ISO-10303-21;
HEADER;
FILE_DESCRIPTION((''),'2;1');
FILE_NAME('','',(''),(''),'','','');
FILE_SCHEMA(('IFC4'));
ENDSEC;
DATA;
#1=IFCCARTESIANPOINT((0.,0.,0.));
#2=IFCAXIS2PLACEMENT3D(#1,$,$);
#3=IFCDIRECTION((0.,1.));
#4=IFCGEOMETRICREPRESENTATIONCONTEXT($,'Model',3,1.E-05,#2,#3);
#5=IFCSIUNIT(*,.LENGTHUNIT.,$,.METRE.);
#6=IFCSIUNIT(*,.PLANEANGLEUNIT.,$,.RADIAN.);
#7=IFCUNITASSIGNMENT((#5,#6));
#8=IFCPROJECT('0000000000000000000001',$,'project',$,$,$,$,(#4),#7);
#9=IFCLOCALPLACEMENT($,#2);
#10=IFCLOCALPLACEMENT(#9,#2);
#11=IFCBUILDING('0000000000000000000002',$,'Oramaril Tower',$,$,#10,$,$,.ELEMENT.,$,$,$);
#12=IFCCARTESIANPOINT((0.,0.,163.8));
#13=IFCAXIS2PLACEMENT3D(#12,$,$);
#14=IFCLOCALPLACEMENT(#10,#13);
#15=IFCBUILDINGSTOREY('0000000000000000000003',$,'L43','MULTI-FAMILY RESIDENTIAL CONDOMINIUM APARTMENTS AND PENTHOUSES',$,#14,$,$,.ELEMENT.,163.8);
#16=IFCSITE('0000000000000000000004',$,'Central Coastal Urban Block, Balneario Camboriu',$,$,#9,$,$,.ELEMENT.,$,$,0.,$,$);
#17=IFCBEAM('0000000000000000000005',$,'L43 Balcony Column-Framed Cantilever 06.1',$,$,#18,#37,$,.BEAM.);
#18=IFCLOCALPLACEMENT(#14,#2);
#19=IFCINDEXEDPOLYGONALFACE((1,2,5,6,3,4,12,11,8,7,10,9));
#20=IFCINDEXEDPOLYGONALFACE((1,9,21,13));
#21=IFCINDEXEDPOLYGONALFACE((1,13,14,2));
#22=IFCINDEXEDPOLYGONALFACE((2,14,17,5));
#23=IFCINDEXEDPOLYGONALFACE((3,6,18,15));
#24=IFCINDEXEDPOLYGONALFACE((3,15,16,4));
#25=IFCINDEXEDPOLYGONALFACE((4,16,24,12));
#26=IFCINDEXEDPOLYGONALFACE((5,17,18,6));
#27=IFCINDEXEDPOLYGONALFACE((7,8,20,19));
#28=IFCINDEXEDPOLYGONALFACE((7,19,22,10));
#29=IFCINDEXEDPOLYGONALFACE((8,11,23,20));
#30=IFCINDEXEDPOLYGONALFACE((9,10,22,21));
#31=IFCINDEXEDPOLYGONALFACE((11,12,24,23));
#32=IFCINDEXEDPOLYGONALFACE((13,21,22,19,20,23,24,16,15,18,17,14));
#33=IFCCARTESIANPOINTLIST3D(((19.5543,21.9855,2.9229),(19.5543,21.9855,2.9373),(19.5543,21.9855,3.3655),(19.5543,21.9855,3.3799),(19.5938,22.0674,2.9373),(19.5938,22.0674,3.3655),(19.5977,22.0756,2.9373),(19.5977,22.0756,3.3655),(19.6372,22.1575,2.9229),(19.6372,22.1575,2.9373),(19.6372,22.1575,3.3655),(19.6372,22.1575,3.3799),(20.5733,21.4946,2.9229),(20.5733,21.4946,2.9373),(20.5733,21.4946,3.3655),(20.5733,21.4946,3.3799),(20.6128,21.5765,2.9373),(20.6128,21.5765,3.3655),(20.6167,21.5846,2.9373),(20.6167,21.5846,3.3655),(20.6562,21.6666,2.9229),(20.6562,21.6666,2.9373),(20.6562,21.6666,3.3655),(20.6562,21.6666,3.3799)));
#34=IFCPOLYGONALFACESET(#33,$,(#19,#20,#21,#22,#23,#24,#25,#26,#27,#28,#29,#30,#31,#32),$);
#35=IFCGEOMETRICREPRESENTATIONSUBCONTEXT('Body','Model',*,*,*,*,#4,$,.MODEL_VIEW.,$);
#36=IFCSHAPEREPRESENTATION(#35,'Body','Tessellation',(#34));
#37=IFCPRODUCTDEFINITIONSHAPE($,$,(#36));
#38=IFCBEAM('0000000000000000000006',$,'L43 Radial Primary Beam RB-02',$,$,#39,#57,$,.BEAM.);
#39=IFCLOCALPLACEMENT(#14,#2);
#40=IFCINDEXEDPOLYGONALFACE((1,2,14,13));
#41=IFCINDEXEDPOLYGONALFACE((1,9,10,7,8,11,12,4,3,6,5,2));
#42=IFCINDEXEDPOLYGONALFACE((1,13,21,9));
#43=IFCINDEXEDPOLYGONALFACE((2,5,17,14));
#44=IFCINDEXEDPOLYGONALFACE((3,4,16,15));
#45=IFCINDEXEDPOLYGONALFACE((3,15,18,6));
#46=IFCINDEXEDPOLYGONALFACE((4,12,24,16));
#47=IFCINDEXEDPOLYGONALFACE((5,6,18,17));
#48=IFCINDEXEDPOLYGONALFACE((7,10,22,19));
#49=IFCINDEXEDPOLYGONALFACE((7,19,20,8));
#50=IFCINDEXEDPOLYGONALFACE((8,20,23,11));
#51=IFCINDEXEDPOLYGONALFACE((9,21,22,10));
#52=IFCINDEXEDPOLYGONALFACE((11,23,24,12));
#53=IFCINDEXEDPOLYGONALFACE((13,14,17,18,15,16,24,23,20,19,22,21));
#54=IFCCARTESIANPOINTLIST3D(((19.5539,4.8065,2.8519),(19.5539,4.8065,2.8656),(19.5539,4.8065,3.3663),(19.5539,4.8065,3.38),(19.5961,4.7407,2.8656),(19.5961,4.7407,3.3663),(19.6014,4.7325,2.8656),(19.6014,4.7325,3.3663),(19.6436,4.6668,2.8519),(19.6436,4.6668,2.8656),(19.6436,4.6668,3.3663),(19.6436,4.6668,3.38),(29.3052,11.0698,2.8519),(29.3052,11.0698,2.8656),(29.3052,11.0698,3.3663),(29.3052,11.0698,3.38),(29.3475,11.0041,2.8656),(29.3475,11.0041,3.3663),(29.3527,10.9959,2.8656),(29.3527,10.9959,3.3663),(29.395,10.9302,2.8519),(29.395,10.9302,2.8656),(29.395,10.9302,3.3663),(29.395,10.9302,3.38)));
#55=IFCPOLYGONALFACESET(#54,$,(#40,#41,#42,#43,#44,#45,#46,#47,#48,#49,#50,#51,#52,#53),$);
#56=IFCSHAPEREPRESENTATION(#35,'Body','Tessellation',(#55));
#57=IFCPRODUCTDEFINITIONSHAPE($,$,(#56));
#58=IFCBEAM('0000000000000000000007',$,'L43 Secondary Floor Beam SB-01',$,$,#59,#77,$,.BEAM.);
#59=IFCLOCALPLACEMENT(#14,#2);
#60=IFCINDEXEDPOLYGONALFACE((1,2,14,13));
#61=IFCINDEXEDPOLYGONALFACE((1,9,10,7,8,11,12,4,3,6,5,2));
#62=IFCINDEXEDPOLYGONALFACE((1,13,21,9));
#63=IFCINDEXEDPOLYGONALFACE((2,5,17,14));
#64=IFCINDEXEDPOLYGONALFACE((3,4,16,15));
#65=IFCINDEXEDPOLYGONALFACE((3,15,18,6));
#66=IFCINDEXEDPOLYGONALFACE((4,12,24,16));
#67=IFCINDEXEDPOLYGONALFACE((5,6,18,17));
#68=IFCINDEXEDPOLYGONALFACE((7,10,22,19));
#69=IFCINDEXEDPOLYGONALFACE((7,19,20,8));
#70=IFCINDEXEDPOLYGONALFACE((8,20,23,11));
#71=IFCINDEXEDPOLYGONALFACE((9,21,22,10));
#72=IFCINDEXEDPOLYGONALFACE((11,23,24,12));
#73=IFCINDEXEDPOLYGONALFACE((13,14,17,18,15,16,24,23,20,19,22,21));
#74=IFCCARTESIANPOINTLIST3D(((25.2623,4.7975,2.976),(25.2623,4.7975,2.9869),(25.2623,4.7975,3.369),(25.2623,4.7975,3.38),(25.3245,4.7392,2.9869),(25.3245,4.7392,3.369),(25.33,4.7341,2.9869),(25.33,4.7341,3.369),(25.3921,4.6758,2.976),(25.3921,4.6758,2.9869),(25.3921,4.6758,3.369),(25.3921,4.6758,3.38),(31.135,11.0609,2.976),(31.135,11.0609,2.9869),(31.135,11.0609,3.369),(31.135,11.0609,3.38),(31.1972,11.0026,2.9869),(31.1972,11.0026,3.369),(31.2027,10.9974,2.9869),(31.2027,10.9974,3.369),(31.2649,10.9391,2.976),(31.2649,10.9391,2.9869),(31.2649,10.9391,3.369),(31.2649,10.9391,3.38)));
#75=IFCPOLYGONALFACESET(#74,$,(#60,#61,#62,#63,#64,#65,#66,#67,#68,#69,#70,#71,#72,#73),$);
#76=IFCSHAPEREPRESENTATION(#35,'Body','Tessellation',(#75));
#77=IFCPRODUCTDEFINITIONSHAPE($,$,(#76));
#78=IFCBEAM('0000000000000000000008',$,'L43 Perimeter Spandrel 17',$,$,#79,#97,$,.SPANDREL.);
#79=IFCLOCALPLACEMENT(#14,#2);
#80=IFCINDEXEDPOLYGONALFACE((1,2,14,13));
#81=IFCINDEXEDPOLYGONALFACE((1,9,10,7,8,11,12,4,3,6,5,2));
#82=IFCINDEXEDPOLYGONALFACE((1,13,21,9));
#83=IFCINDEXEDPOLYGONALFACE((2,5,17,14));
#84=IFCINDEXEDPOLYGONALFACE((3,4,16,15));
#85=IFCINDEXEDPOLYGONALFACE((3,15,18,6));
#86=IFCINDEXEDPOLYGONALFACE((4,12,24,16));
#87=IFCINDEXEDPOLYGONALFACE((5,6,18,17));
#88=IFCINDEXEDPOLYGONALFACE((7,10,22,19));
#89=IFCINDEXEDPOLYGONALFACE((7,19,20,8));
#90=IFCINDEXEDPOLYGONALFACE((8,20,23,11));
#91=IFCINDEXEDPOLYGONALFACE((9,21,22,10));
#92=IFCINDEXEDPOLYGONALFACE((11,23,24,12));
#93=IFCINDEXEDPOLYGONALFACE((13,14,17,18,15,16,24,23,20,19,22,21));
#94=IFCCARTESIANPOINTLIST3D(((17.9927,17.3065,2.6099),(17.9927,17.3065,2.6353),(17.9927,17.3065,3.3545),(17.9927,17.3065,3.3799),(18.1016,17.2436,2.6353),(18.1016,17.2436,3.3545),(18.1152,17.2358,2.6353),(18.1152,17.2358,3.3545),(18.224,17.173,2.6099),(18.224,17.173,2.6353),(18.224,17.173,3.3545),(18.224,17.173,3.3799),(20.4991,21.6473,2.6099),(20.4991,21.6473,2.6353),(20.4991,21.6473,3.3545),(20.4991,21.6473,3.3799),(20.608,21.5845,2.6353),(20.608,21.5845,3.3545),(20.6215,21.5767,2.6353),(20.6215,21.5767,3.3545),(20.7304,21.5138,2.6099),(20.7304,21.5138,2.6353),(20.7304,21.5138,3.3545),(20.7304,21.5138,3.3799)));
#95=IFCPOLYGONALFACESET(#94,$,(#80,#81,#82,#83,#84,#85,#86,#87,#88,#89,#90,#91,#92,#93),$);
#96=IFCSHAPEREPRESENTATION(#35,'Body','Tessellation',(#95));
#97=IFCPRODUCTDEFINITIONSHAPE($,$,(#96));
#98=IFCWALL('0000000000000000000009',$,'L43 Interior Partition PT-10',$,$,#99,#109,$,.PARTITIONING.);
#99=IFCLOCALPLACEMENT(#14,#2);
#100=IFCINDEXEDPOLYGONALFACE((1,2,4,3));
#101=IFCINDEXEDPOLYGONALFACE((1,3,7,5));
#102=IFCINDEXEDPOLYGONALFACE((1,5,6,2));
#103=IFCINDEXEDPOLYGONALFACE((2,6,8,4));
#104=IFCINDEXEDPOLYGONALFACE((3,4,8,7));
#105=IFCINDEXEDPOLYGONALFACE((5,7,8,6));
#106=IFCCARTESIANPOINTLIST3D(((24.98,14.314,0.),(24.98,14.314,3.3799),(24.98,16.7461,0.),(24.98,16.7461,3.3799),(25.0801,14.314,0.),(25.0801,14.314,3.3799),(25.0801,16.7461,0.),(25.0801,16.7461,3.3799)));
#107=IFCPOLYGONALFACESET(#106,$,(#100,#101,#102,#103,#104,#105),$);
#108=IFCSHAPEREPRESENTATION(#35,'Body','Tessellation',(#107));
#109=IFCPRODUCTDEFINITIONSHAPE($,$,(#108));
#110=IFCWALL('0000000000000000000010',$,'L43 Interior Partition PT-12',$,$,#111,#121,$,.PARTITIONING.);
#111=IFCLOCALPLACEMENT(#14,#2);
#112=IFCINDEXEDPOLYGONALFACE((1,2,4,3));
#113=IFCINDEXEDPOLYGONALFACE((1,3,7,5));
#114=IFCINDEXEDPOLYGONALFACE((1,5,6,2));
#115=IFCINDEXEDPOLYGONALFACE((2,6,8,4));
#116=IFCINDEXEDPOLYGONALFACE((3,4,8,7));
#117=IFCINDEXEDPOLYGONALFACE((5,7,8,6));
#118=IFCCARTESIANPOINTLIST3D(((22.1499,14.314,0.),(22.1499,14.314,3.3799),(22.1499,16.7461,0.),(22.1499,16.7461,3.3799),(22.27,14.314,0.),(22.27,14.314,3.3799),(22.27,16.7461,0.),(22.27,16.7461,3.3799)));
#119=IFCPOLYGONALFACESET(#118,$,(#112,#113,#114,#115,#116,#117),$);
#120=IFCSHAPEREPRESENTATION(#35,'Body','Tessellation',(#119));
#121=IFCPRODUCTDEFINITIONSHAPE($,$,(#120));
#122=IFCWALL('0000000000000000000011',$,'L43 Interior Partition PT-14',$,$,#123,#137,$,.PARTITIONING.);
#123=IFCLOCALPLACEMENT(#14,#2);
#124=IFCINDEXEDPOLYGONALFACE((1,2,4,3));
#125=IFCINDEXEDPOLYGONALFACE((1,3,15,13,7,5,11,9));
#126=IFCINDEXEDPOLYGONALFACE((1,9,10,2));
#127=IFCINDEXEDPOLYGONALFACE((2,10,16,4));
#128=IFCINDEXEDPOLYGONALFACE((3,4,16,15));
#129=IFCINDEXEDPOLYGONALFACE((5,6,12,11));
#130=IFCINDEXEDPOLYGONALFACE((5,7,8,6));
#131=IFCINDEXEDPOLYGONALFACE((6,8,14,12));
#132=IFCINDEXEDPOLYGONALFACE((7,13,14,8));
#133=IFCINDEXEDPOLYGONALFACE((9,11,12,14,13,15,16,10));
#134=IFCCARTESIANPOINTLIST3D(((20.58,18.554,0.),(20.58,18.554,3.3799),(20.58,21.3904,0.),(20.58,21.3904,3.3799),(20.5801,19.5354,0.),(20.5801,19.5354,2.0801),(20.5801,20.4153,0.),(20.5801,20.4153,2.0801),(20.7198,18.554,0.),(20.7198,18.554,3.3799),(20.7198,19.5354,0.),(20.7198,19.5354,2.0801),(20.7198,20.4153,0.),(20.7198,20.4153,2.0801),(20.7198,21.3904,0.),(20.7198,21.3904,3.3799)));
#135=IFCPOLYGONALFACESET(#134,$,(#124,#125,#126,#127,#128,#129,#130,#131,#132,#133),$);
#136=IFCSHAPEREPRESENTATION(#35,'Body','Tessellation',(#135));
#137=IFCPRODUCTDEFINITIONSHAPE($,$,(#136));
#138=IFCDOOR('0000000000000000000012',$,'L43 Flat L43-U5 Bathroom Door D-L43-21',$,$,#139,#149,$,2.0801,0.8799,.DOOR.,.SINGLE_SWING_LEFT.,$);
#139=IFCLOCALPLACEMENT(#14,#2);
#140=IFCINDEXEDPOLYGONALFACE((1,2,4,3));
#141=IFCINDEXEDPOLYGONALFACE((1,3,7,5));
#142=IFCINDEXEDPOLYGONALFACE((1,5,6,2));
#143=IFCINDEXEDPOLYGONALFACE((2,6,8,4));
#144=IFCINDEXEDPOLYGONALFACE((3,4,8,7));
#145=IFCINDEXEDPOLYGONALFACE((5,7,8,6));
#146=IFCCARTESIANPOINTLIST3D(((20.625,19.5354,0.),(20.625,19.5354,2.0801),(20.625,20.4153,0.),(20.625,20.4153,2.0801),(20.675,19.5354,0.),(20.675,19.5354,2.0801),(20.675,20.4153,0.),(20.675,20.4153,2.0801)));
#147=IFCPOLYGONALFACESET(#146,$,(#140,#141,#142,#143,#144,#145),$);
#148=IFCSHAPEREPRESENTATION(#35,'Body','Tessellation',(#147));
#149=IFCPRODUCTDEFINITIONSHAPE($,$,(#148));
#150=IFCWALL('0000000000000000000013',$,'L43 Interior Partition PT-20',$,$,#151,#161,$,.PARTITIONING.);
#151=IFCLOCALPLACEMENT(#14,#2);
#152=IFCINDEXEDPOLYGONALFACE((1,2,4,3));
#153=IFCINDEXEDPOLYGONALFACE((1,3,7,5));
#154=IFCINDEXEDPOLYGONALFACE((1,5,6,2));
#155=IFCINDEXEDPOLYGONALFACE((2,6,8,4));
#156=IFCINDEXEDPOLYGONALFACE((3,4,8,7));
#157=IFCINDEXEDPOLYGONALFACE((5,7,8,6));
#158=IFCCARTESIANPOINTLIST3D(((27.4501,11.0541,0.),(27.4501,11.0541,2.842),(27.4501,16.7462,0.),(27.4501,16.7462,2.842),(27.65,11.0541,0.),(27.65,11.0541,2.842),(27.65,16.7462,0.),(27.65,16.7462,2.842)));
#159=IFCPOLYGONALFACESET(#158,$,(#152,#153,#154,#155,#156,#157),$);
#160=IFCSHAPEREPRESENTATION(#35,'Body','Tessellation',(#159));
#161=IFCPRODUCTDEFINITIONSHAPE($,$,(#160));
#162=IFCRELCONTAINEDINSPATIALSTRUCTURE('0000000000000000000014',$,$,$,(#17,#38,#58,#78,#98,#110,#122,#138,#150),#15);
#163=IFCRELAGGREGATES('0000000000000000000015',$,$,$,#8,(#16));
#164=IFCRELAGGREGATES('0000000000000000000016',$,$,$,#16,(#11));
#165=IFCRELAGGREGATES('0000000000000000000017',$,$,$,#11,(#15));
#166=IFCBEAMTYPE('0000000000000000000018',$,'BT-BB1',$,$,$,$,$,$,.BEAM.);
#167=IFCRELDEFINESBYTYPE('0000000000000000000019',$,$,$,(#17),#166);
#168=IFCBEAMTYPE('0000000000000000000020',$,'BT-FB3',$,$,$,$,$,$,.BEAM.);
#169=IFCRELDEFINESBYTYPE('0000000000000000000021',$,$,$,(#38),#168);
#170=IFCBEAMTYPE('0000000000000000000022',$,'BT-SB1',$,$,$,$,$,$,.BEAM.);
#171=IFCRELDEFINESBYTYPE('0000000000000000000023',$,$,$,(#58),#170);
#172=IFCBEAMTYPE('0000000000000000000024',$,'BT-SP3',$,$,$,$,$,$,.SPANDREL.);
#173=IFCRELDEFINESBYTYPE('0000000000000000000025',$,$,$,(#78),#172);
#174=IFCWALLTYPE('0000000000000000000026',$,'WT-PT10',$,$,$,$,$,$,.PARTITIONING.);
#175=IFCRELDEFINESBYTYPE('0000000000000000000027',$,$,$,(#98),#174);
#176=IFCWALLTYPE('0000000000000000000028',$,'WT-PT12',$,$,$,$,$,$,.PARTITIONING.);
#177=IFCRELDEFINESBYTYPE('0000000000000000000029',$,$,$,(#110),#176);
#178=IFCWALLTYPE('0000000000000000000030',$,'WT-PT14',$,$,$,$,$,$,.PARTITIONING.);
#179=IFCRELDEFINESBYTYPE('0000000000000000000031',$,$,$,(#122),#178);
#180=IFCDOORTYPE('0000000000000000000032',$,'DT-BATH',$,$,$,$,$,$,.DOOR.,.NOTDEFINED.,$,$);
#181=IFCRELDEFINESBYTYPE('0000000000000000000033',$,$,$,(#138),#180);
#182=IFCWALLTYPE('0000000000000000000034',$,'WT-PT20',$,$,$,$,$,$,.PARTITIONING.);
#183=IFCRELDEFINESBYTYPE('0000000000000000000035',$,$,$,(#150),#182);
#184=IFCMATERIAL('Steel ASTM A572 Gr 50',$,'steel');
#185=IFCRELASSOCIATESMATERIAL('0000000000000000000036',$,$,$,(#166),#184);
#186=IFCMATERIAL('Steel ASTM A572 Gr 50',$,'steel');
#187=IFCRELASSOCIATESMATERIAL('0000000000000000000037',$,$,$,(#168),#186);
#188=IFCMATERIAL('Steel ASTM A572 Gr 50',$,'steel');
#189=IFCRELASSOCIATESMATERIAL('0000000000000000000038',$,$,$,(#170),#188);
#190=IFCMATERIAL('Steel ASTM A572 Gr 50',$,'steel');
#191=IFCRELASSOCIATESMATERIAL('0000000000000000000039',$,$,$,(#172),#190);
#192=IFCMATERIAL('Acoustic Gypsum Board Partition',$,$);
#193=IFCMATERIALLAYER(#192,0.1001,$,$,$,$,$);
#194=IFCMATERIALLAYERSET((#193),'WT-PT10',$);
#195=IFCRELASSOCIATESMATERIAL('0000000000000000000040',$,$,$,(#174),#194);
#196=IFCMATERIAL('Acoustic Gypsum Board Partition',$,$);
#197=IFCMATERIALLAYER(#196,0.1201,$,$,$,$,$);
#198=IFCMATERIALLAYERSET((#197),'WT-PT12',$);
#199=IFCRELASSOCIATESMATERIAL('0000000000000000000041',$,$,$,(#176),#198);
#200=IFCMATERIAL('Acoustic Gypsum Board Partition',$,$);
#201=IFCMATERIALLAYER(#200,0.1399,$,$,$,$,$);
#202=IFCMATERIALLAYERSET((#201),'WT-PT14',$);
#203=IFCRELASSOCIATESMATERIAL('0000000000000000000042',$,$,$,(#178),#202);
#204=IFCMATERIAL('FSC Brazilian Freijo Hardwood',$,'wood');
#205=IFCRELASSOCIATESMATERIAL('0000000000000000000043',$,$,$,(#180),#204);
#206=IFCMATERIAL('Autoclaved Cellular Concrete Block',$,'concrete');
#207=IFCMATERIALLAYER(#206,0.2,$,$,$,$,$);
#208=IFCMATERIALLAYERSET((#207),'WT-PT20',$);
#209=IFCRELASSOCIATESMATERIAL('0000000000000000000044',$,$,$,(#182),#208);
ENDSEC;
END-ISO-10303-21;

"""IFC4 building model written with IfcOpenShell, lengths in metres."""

from ifc_helpers import new_model, si_unit, direction, frame, frame_2d, origin, origin_2d, place, context, subcontext, project, spatial, rectangle, i_section, extrude, material, layer, layer_set, material_profile, profile_set, type_object, element, fill, save


model = new_model("IFC4")

# Units and contexts
model_context = context("Model", 3, precision=1e-05, world=origin(), true_north=direction((0.0, 1.0)))
body_context = subcontext(model_context, "Body", "Model", "MODEL_VIEW")
ifc_project = project(units=[si_unit("LENGTHUNIT", "METRE"), si_unit("PLANEANGLEUNIT", "RADIAN")], contexts=[model_context])

# Site, building, storey
site_placement = place(None, origin())
site = spatial("IfcSite", under=ifc_project, at=site_placement, Name="Central Coastal Urban Block, Balneario Camboriu", CompositionType="ELEMENT", RefElevation=0.0)
building_placement = place(site_placement, origin())
building = spatial("IfcBuilding", under=site, at=building_placement, Name="Oramaril Tower", CompositionType="ELEMENT")
storey_placement = place(building_placement, frame((0.0, 0.0, 163.8)))
storey = spatial("IfcBuildingStorey", under=building, at=storey_placement, Name="L43", Description="MULTI-FAMILY RESIDENTIAL CONDOMINIUM APARTMENTS AND PENTHOUSES", CompositionType="ELEMENT", Elevation=163.8)

# Beams
ifc_material_1 = material(Name="Steel ASTM A572 Gr 50", Category="steel")
ifc_material_profile_1 = material_profile(ifc_material_1, i_section(OverallWidth=0.1909, OverallDepth=0.457, WebThickness=0.009, FlangeThickness=0.0144, at=origin_2d()), Name="W18X50")
ifc_profile_set_1 = profile_set([ifc_material_profile_1], Name="Steel ASTM A572 Gr 50")
beam_type_1 = type_object("IfcBeamType", Name="BT-BB1", PredefinedType="BEAM", material=ifc_profile_set_1)
beam_1_placement = place(storey_placement, frame((20.6147, 21.5806, 3.1514), z_axis=(-0.900892, 0.434043, 0.0), x_axis=(-0.434043, -0.900892, 0.0)))
element("IfcBeam", 1, at=beam_1_placement, inside=storey, type_object=beam_type_1, Name="L43 Balcony Column-Framed Cantilever 06.1", PredefinedType="BEAM", context=body_context, shape_type="SweptSolid", body=[
    extrude(i_section(OverallWidth=0.1909, OverallDepth=0.457, WebThickness=0.009, FlangeThickness=0.0144, at=origin_2d()), origin(), (0.0, 0.0, 1.0), 1.1311),
])
ifc_material_2 = material(Name="Steel ASTM A572 Gr 50", Category="steel")
ifc_material_profile_2 = material_profile(ifc_material_2, i_section(OverallWidth=0.166, OverallDepth=0.5281, WebThickness=0.0098, FlangeThickness=0.0137, at=origin_2d()), Name="W21X50")
ifc_profile_set_2 = profile_set([ifc_material_profile_2], Name="Steel ASTM A572 Gr 50")
beam_type_2 = type_object("IfcBeamType", Name="BT-FB3", PredefinedType="BEAM", material=ifc_profile_set_2)
beam_2_placement = place(storey_placement, frame((29.3501, 11.0, 3.116), z_axis=(-0.841389, -0.54043, 0.0), x_axis=(0.54043, -0.841389, 0.0)))
element("IfcBeam", 2, at=beam_2_placement, inside=storey, type_object=beam_type_2, Name="L43 Radial Primary Beam RB-02", PredefinedType="BEAM", context=body_context, shape_type="SweptSolid", body=[
    extrude(i_section(OverallWidth=0.166, OverallDepth=0.5281, WebThickness=0.0098, FlangeThickness=0.0137, at=origin_2d()), origin(), (0.0, 0.0, 1.0), 11.5896),
])
ifc_material_3 = material(Name="Steel ASTM A572 Gr 50", Category="steel")
ifc_material_profile_3 = material_profile(ifc_material_3, i_section(OverallWidth=0.178, OverallDepth=0.4041, WebThickness=0.0076, FlangeThickness=0.011, at=origin_2d()), Name="W16X36")
ifc_profile_set_3 = profile_set([ifc_material_profile_3], Name="Steel ASTM A572 Gr 50")
beam_type_3 = type_object("IfcBeamType", Name="BT-SB1", PredefinedType="BEAM", material=ifc_profile_set_3)
beam_3_placement = place(storey_placement, frame((31.2, 11.0, 3.178), z_axis=(-0.683993, -0.729488, 0.0), x_axis=(0.729488, -0.683993, 0.0)))
element("IfcBeam", 3, at=beam_3_placement, inside=storey, type_object=beam_type_3, Name="L43 Secondary Floor Beam SB-01", PredefinedType="BEAM", context=body_context, shape_type="SweptSolid", body=[
    extrude(i_section(OverallWidth=0.178, OverallDepth=0.4041, WebThickness=0.0076, FlangeThickness=0.011, at=origin_2d()), origin(), (0.0, 0.0, 1.0), 8.5859),
])
ifc_material_4 = material(Name="Steel ASTM A572 Gr 50", Category="steel")
ifc_material_profile_4 = material_profile(ifc_material_4, i_section(OverallWidth=0.2671, OverallDepth=0.77, WebThickness=0.0156, FlangeThickness=0.0254, at=origin_2d()), Name="W30X132")
ifc_profile_set_4 = profile_set([ifc_material_profile_4], Name="Steel ASTM A572 Gr 50")
beam_type_4 = type_object("IfcBeamType", Name="BT-SP3", PredefinedType="SPANDREL", material=ifc_profile_set_4)
beam_4_placement = place(storey_placement, frame((20.6147, 21.5806, 2.9949), z_axis=(-0.500026, -0.86601, 0.0), x_axis=(0.86601, -0.500026, 0.0)))
element("IfcBeam", 4, at=beam_4_placement, inside=storey, type_object=beam_type_4, Name="L43 Perimeter Spandrel 17", PredefinedType="SPANDREL", context=body_context, shape_type="SweptSolid", body=[
    extrude(i_section(OverallWidth=0.2671, OverallDepth=0.77, WebThickness=0.0156, FlangeThickness=0.0254, at=origin_2d()), origin(), (0.0, 0.0, 1.0), 5.0125),
])

# Walls
ifc_material_5 = material(Name="Acoustic Gypsum Board Partition")
ifc_layer_1 = layer(ifc_material_5, 0.1001)
ifc_layer_set_1 = layer_set([ifc_layer_1], Name="WT-PT10")
wall_type_1 = type_object("IfcWallType", Name="WT-PT10", PredefinedType="PARTITIONING", material=ifc_layer_set_1)
wall_1_placement = place(storey_placement, frame((25.03, 14.314, 0.0), z_axis=(0.0, 0.0, 1.0), x_axis=(0.0, 1.0, 0.0)))
element("IfcWall", 5, at=wall_1_placement, inside=storey, type_object=wall_type_1, Name="L43 Interior Partition PT-10", PredefinedType="PARTITIONING", context=body_context, shape_type="SweptSolid", body=[
    extrude(rectangle(XDim=2.4321, YDim=0.1001, at=frame_2d((1.2161, 0.0))), origin(), (0.0, 0.0, 1.0), 3.3799),
])
ifc_material_6 = material(Name="Acoustic Gypsum Board Partition")
ifc_layer_2 = layer(ifc_material_6, 0.1201)
ifc_layer_set_2 = layer_set([ifc_layer_2], Name="WT-PT12")
wall_type_2 = type_object("IfcWallType", Name="WT-PT12", PredefinedType="PARTITIONING", material=ifc_layer_set_2)
wall_2_placement = place(storey_placement, frame((22.21, 14.314, 0.0), z_axis=(0.0, 0.0, 1.0), x_axis=(0.0, 1.0, 0.0)))
element("IfcWall", 6, at=wall_2_placement, inside=storey, type_object=wall_type_2, Name="L43 Interior Partition PT-12", PredefinedType="PARTITIONING", context=body_context, shape_type="SweptSolid", body=[
    extrude(rectangle(XDim=2.4321, YDim=0.1201, at=frame_2d((1.2161, 0.0))), origin(), (0.0, 0.0, 1.0), 3.3799),
])

# Wall, opening, door
ifc_material_7 = material(Name="Acoustic Gypsum Board Partition")
ifc_layer_3 = layer(ifc_material_7, 0.1399)
ifc_layer_set_3 = layer_set([ifc_layer_3], Name="WT-PT14")
wall_type_3 = type_object("IfcWallType", Name="WT-PT14", PredefinedType="PARTITIONING", material=ifc_layer_set_3)
wall_3_placement = place(storey_placement, frame((20.6499, 18.554, 0.0), z_axis=(0.0, 0.0, 1.0), x_axis=(0.0, 1.0, 0.0)))
wall_3 = element("IfcWall", 7, at=wall_3_placement, inside=storey, type_object=wall_type_3, Name="L43 Interior Partition PT-14", PredefinedType="PARTITIONING", context=body_context, shape_type="SweptSolid", body=[
    extrude(rectangle(XDim=2.8364, YDim=0.1399, at=frame_2d((1.4182, 0.0))), origin(), (0.0, 0.0, 1.0), 3.3799),
])
opening_1_placement = place(wall_3_placement, frame((0.9814, 0.0, 0.0)))
opening_1 = element("IfcOpeningElement", 8, at=opening_1_placement, cuts=wall_3, PredefinedType="OPENING", context=body_context, shape_type="SweptSolid", body=[
    extrude(rectangle(XDim=0.8799, YDim=2.0801, at=frame_2d((0.4399, 1.04))), frame((0.0, 0.0698, 0.0), z_axis=(0.0, -1.0, 0.0), x_axis=(1.0, 0.0, 0.0)), (0.0, 0.0, 1.0), 0.1399),
])
ifc_material_8 = material(Name="FSC Brazilian Freijo Hardwood", Category="wood")
door_type_1 = type_object("IfcDoorType", Name="DT-BATH", OperationType="NOTDEFINED", PredefinedType="DOOR", material=ifc_material_8)
door_1_placement = place(opening_1_placement, origin())
door_1 = element("IfcDoor", 9, at=door_1_placement, inside=storey, type_object=door_type_1, Name="L43 Flat L43-U5 Bathroom Door D-L43-21", OperationType="SINGLE_SWING_LEFT", OverallHeight=2.0801, OverallWidth=0.8799, PredefinedType="DOOR", context=body_context, shape_type="SweptSolid", body=[
    extrude(rectangle(XDim=0.8799, YDim=2.0801, at=frame_2d((0.4399, 1.04))), frame((0.0, 0.0249, 0.0), z_axis=(0.0, -1.0, 0.0), x_axis=(1.0, 0.0, 0.0)), (0.0, 0.0, 1.0), 0.05),
])
fill(opening_1, door_1)

# Wall
ifc_material_9 = material(Name="Autoclaved Cellular Concrete Block", Category="concrete")
ifc_layer_4 = layer(ifc_material_9, 0.2)
ifc_layer_set_4 = layer_set([ifc_layer_4], Name="WT-PT20")
wall_type_4 = type_object("IfcWallType", Name="WT-PT20", PredefinedType="PARTITIONING", material=ifc_layer_set_4)
wall_4_placement = place(storey_placement, frame((27.55, 11.054, 0.0), z_axis=(0.0, 0.0, 1.0), x_axis=(0.0, 1.0, 0.0)))
element("IfcWall", 10, at=wall_4_placement, inside=storey, type_object=wall_type_4, Name="L43 Interior Partition PT-20", PredefinedType="PARTITIONING", context=body_context, shape_type="SweptSolid", body=[
    extrude(rectangle(XDim=5.6921, YDim=0.2, at=frame_2d((2.8462, 0.0))), origin(), (0.0, 0.0, 1.0), 2.842),
])

save(model, "model.ifc")
